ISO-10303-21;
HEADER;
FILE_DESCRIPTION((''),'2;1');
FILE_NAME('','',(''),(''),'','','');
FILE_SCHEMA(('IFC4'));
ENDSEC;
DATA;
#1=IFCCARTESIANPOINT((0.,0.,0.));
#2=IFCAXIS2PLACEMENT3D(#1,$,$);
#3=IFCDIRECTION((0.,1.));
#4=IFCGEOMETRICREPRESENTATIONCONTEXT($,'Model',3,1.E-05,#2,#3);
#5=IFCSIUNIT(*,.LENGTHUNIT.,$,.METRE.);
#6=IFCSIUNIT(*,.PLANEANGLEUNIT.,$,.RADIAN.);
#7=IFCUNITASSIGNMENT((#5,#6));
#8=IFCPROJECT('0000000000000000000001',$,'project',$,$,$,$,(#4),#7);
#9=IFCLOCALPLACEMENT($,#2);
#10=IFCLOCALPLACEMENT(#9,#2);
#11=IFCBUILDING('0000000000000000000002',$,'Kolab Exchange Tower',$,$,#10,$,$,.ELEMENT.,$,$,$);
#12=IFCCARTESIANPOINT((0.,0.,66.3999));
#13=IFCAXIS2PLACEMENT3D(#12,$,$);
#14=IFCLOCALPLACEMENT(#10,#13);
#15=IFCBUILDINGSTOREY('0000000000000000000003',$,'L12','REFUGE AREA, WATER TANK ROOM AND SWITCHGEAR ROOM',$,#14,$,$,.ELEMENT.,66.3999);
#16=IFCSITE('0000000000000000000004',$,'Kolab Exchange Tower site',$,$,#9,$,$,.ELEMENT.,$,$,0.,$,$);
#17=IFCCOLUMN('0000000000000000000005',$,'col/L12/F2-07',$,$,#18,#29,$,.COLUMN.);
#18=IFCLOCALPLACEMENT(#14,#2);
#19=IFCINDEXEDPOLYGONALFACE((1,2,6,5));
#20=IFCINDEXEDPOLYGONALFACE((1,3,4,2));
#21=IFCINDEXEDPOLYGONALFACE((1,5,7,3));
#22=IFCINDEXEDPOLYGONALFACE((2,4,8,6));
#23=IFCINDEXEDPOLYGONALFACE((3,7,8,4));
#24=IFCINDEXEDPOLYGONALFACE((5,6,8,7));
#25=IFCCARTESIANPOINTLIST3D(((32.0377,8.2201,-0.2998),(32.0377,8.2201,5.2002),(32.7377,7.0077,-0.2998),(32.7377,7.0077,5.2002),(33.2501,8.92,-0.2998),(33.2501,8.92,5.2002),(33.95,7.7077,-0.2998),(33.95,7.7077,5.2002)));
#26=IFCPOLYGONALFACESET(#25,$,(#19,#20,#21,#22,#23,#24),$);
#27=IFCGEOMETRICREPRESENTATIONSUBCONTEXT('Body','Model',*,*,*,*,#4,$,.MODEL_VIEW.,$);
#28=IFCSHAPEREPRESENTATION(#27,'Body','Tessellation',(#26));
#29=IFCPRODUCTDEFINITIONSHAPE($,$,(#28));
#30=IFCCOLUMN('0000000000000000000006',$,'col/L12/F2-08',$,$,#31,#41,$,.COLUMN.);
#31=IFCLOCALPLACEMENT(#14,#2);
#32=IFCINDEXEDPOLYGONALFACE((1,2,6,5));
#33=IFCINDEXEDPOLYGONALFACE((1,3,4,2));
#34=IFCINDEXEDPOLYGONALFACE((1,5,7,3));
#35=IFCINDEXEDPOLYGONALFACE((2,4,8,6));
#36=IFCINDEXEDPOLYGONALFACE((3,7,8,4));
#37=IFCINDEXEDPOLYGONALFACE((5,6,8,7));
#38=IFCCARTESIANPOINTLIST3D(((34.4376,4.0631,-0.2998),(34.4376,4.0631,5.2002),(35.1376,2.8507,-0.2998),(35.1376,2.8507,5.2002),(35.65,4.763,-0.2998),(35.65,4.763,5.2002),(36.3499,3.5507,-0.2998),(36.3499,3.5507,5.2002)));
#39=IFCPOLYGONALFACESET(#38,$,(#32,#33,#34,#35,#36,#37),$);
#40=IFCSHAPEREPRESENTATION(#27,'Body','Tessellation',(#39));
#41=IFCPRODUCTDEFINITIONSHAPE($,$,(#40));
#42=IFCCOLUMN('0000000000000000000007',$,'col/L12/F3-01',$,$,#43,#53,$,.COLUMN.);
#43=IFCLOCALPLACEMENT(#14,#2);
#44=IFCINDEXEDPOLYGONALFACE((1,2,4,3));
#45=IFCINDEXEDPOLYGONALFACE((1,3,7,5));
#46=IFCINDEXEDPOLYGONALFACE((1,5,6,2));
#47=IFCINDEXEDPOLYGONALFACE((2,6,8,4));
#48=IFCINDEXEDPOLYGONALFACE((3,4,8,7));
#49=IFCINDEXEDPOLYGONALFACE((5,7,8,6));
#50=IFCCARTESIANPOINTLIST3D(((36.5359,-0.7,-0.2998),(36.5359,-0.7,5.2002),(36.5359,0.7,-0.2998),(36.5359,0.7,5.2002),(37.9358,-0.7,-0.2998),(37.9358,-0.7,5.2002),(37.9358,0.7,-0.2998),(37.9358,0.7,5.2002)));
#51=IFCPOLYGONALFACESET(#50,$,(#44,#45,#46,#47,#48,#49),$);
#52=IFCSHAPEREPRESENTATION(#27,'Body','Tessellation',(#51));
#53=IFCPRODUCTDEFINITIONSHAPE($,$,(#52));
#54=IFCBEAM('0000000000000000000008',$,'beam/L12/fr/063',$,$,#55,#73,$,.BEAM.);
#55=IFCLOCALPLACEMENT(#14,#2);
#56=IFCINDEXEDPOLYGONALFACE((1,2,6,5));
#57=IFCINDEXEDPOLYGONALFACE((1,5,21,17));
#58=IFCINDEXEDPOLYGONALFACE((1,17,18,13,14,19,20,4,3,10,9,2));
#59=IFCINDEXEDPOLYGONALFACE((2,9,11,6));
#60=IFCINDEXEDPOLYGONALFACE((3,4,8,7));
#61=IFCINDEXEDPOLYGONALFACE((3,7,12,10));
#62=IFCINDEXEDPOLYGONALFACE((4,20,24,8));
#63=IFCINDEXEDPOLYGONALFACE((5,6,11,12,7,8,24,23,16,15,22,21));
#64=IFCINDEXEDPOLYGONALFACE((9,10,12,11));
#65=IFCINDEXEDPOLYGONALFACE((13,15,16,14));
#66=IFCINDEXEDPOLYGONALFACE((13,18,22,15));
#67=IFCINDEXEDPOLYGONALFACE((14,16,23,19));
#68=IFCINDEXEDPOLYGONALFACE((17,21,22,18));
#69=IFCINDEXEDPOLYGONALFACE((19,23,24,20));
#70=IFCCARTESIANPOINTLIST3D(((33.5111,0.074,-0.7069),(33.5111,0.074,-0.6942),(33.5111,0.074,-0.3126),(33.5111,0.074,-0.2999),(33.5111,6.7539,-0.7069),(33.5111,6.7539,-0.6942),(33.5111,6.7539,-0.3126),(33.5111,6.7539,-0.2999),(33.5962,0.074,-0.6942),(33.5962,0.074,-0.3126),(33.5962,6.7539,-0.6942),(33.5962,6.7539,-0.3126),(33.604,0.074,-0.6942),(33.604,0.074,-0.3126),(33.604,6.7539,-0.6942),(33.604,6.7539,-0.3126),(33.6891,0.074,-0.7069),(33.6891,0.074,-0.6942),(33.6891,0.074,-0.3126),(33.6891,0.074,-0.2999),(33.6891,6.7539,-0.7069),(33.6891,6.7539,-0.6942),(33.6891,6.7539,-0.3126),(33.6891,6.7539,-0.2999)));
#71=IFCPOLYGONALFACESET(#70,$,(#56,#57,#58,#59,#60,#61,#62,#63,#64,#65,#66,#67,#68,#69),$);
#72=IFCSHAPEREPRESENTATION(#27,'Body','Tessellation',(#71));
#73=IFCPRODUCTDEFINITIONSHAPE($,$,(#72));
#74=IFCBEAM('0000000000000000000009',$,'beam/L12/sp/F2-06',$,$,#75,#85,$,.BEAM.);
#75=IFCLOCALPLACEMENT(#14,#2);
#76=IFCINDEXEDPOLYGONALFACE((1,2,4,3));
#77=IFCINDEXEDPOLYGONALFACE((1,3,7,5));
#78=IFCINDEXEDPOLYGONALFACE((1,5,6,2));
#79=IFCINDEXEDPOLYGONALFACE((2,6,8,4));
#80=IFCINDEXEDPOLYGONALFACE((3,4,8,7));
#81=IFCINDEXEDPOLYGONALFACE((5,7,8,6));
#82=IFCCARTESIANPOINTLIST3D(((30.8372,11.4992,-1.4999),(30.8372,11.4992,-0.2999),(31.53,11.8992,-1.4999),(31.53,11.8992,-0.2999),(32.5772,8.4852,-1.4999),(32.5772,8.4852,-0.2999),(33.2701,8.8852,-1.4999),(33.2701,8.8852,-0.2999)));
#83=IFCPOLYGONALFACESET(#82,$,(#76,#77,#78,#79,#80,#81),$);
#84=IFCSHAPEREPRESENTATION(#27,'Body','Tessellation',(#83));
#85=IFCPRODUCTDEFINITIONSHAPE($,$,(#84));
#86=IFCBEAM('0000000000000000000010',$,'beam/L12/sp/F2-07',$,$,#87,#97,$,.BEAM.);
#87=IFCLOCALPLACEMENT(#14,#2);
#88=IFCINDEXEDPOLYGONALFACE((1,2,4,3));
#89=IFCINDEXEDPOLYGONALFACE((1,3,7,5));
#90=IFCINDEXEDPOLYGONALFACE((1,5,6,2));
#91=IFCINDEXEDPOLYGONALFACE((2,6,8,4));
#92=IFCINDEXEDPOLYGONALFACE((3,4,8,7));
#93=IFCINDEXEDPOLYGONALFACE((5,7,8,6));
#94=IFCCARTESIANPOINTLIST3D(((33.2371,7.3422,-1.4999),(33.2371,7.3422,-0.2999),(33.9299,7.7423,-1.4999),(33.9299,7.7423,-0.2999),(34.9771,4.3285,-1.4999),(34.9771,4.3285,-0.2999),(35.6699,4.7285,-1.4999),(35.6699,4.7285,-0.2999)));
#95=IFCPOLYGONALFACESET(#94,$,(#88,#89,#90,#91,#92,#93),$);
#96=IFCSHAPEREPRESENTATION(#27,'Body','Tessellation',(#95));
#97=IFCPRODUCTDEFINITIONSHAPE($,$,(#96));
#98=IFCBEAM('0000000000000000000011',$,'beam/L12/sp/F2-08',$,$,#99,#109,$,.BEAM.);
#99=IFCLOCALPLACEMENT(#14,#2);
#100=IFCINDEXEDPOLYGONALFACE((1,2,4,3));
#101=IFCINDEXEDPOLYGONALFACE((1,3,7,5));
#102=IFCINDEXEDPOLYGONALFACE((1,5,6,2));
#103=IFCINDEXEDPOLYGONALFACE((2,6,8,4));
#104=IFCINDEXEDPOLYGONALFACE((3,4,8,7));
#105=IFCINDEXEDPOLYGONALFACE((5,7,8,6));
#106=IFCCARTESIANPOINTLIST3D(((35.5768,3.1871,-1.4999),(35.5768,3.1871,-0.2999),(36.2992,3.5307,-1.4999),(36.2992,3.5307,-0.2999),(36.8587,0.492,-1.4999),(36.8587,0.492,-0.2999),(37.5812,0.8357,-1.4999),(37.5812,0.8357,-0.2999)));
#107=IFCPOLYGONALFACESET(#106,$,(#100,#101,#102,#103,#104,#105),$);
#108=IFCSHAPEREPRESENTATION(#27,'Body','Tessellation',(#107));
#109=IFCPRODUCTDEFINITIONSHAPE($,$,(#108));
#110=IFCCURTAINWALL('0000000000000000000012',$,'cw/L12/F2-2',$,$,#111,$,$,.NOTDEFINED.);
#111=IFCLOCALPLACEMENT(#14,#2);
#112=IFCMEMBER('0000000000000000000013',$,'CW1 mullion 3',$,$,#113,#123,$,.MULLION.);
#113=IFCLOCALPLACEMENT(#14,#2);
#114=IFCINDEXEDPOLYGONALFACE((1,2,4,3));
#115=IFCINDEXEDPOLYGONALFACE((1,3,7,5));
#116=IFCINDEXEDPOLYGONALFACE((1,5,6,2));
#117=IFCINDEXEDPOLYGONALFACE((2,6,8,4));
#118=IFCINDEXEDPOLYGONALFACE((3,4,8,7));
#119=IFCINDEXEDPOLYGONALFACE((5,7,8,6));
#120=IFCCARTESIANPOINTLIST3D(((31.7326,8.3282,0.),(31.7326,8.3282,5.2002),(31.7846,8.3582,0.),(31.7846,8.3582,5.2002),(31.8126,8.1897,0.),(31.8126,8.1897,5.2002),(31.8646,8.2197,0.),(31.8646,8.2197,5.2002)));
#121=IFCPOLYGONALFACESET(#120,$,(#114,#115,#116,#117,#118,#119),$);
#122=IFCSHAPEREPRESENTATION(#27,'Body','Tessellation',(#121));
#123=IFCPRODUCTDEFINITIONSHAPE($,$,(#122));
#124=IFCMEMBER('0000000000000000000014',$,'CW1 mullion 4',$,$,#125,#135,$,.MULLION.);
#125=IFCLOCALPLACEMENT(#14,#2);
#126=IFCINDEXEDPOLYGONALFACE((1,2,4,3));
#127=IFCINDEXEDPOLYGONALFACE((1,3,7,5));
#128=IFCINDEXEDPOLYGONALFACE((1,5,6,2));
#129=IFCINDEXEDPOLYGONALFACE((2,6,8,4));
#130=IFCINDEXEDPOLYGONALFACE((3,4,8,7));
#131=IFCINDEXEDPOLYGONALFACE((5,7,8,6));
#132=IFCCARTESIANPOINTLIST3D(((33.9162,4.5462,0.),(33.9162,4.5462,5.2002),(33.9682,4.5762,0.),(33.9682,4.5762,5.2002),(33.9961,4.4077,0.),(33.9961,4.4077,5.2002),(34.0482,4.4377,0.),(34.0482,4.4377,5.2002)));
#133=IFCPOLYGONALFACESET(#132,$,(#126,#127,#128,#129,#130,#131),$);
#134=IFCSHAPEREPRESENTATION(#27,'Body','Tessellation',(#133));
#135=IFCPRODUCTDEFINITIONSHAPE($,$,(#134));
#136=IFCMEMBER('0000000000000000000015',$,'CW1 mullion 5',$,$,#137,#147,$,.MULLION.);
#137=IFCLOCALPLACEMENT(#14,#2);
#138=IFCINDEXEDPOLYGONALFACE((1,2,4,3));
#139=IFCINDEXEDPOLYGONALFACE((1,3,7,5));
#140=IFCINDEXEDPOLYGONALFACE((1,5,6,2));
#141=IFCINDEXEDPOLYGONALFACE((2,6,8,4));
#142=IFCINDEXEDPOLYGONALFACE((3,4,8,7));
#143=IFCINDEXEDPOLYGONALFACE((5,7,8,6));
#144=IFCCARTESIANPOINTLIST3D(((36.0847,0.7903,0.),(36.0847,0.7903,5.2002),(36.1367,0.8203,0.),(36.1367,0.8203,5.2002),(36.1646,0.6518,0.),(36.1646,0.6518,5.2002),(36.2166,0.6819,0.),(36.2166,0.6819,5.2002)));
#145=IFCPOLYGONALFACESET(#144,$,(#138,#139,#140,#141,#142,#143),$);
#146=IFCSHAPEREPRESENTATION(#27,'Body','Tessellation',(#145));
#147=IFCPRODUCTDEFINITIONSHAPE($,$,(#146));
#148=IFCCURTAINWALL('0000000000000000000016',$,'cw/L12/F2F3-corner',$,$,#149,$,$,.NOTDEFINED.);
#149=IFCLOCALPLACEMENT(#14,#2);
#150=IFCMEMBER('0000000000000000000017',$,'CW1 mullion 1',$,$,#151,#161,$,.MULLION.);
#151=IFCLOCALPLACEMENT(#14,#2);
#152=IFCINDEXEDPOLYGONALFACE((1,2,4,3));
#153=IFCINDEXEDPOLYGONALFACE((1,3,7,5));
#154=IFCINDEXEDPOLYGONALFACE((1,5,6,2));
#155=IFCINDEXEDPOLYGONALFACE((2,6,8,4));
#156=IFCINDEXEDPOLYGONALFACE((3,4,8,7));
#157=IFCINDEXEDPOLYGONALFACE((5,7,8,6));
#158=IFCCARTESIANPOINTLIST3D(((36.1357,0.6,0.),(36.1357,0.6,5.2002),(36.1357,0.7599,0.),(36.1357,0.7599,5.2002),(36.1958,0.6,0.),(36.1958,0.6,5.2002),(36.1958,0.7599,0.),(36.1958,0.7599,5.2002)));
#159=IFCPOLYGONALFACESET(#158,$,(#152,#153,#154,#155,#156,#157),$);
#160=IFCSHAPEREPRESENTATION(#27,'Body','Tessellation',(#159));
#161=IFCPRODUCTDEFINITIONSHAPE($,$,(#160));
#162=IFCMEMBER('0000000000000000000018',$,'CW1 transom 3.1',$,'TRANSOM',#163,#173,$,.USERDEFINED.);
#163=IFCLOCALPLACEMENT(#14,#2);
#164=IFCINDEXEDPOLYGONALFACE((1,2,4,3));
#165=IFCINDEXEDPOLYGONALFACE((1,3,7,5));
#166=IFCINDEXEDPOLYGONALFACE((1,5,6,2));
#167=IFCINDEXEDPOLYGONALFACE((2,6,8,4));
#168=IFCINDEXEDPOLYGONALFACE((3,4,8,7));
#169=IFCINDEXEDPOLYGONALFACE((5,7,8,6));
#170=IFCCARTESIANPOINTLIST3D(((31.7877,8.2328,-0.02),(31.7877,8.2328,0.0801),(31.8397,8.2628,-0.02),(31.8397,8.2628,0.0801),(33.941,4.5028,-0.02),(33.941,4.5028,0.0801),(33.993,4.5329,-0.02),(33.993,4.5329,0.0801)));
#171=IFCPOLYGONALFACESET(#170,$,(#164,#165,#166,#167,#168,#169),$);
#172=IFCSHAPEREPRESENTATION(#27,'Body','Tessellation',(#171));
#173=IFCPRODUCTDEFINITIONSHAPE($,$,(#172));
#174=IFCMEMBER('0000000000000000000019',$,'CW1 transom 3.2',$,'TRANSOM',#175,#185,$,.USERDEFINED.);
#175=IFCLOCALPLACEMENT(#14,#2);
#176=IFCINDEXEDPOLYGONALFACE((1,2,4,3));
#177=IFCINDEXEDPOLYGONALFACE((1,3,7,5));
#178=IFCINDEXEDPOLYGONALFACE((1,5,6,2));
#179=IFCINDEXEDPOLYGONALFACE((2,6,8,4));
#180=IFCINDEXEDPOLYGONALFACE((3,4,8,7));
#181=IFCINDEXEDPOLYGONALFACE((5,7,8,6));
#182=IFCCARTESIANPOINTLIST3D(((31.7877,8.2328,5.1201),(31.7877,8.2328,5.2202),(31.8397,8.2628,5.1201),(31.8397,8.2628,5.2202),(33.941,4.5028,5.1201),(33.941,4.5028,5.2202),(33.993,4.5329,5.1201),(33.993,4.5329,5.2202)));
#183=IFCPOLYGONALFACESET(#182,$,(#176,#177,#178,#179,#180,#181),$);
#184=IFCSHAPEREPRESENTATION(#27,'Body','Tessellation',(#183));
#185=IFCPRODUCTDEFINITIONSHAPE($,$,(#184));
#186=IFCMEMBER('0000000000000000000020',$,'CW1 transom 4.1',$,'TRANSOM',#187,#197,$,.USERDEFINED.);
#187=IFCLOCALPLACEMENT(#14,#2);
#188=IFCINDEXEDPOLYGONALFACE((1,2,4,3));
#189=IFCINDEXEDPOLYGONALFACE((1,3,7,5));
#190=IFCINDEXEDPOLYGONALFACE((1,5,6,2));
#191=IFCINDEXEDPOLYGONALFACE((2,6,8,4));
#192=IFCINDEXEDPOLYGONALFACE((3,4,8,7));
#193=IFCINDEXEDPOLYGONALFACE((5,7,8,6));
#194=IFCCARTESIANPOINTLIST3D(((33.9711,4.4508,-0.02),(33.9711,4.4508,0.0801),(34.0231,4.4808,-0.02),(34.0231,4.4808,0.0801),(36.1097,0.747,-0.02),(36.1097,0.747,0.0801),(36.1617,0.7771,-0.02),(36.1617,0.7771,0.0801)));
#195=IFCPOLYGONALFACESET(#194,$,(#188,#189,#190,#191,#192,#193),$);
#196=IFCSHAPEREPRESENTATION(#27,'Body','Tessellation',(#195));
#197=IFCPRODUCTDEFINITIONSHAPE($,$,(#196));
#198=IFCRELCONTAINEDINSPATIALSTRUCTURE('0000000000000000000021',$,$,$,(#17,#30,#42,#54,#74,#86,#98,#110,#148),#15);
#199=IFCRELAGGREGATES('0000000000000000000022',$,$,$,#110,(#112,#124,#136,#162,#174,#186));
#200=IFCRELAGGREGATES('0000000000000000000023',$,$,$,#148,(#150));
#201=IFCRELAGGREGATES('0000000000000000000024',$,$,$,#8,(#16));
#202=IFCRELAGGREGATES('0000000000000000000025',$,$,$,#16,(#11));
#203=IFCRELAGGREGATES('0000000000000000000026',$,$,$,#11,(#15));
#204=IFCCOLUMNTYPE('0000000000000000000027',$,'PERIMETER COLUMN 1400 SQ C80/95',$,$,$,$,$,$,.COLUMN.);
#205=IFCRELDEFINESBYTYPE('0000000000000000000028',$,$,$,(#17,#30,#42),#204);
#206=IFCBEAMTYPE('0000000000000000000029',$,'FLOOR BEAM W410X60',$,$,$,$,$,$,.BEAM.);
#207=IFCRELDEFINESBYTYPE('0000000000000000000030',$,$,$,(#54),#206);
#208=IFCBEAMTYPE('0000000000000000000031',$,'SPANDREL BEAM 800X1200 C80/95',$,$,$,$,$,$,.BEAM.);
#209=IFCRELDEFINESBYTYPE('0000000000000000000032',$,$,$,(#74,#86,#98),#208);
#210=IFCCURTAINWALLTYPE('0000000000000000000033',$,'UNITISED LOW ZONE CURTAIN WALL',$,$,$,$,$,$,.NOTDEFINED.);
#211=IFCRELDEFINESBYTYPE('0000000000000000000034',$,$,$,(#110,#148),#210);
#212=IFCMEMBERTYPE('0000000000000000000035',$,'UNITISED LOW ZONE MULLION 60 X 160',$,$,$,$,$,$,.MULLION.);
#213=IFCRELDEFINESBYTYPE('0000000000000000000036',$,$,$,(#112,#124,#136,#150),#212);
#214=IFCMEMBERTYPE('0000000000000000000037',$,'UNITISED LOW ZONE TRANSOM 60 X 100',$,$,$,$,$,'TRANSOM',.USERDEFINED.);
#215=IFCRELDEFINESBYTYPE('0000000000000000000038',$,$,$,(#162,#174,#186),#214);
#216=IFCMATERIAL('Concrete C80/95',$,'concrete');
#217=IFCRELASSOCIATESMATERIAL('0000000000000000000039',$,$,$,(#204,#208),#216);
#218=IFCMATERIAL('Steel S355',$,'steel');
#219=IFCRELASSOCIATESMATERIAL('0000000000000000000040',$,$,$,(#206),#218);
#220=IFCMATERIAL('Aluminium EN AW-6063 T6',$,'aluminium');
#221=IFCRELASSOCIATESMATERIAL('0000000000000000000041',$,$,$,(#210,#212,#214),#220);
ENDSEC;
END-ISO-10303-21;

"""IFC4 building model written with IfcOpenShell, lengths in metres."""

from ifc_helpers import new_model, si_unit, direction, frame, origin, origin_2d, place, context, subcontext, project, spatial, rectangle, i_section, extrude, material, material_profile, profile_set, type_object, element, aggregate, save


model = new_model("IFC4")

# Units and contexts
model_context = context("Model", 3, precision=1e-05, world=origin(), true_north=direction((0.0, 1.0)))
body_context = subcontext(model_context, "Body", "Model", "MODEL_VIEW")
ifc_project = project(units=[si_unit("LENGTHUNIT", "METRE"), si_unit("PLANEANGLEUNIT", "RADIAN")], contexts=[model_context])

# Site, building, storey
site_placement = place(None, origin())
site = spatial("IfcSite", under=ifc_project, at=site_placement, Name="Kolab Exchange Tower site", CompositionType="ELEMENT", RefElevation=0.0)
building_placement = place(site_placement, origin())
building = spatial("IfcBuilding", under=site, at=building_placement, Name="Kolab Exchange Tower", CompositionType="ELEMENT")
storey_placement = place(building_placement, frame((0.0, 0.0, 66.3999)))
storey = spatial("IfcBuildingStorey", under=building, at=storey_placement, Name="L12", Description="REFUGE AREA, WATER TANK ROOM AND SWITCHGEAR ROOM", CompositionType="ELEMENT", Elevation=66.3999)

# Columns
ifc_material_1 = material(Name="Concrete C80/95", Category="concrete")
ifc_material_profile_1 = material_profile(ifc_material_1, rectangle(XDim=1.3999, YDim=1.3999, at=origin_2d()), Name="RC1400")
ifc_profile_set_1 = profile_set([ifc_material_profile_1], Name="Concrete C80/95")
column_type = type_object("IfcColumnType", Name="PERIMETER COLUMN 1400 SQ C80/95", PredefinedType="COLUMN", material=ifc_profile_set_1)
for number, where, z_axis, x_axis, name in (
    (1, (32.9939, 7.9639, -0.2998), (0.0, 0.0, 1.0), (0.866025, 0.5, 0.0), "col/L12/F2-07"),
    (2, (35.3938, 3.8069, -0.2998), (0.0, 0.0, 1.0), (0.866025, 0.5, 0.0), "col/L12/F2-08"),
    (3, (37.2358, 0.0, -0.2998), (0.0, 0.0, 1.0), (1.0, 0.0, 0.0), "col/L12/F3-01"),
):
    element("IfcColumn", number, at=place(storey_placement, frame(where, z_axis=z_axis, x_axis=x_axis)), inside=storey, type_object=column_type, Name=name, PredefinedType="COLUMN", context=body_context, shape_type="SweptSolid", body=[
        extrude(rectangle(XDim=1.3999, YDim=1.3999, at=origin_2d()), origin(), (0.0, 0.0, 1.0), 5.5),
    ])

# Beams
ifc_material_2 = material(Name="Steel S355", Category="steel")
ifc_material_profile_2 = material_profile(ifc_material_2, i_section(OverallWidth=0.178, OverallDepth=0.407, WebThickness=0.0078, FlangeThickness=0.0127, at=origin_2d()), Name="W410X60")
ifc_profile_set_2 = profile_set([ifc_material_profile_2], Name="Steel S355")
beam_type_1 = type_object("IfcBeamType", Name="FLOOR BEAM W410X60", PredefinedType="BEAM", material=ifc_profile_set_2)
beam_1_placement = place(storey_placement, frame((33.6001, 0.074, -0.5034), z_axis=(0.0, 1.0, 0.0), x_axis=(-1.0, 0.0, 0.0)))
element("IfcBeam", 4, at=beam_1_placement, inside=storey, type_object=beam_type_1, Name="beam/L12/fr/063", PredefinedType="BEAM", context=body_context, shape_type="SweptSolid", body=[
    extrude(i_section(OverallWidth=0.178, OverallDepth=0.407, WebThickness=0.0078, FlangeThickness=0.0127, at=origin_2d()), origin(), (0.0, 0.0, 1.0), 6.6799),
])
ifc_material_profile_3 = material_profile(ifc_material_1, rectangle(XDim=0.8, YDim=1.2, at=origin_2d()), Name="RC800X1200")
ifc_profile_set_3 = profile_set([ifc_material_profile_3], Name="Concrete C80/95")
beam_type_2 = type_object("IfcBeamType", Name="SPANDREL BEAM 800X1200 C80/95", PredefinedType="BEAM", material=ifc_profile_set_3)
beam_2_placement = place(storey_placement, frame((31.1836, 11.6992, -0.8999), z_axis=(0.49998, -0.866037, 0.0), x_axis=(0.866037, 0.49998, 0.0)))
element("IfcBeam", 5, at=beam_2_placement, inside=storey, type_object=beam_type_2, Name="beam/L12/sp/F2-06", PredefinedType="BEAM", context=body_context, shape_type="SweptSolid", body=[
    extrude(rectangle(XDim=0.8, YDim=1.2, at=origin_2d()), origin(), (0.0, 0.0, 1.0), 3.4802),
])
beam_3_placement = place(storey_placement, frame((33.5835, 7.5422, -0.8999), z_axis=(0.50001, -0.86602, 0.0), x_axis=(0.86602, 0.50001, 0.0)))
element("IfcBeam", 6, at=beam_3_placement, inside=storey, type_object=beam_type_2, Name="beam/L12/sp/F2-07", PredefinedType="BEAM", context=body_context, shape_type="SweptSolid", body=[
    extrude(rectangle(XDim=0.8, YDim=1.2, at=origin_2d()), origin(), (0.0, 0.0, 1.0), 3.48),
])
beam_4_placement = place(storey_placement, frame((35.938, 3.3589, -0.8999), z_axis=(0.429556, -0.90304, 0.0), x_axis=(0.90304, 0.429556, 0.0)))
element("IfcBeam", 7, at=beam_4_placement, inside=storey, type_object=beam_type_2, Name="beam/L12/sp/F2-08", PredefinedType="BEAM", context=body_context, shape_type="SweptSolid", body=[
    extrude(rectangle(XDim=0.8, YDim=1.2, at=origin_2d()), origin(), (0.0, 0.0, 1.0), 2.9844),
])

# Curtain wall, members
ifc_material_3 = material(Name="Aluminium EN AW-6063 T6", Category="aluminium")
curtain_wall_type = type_object("IfcCurtainWallType", Name="UNITISED LOW ZONE CURTAIN WALL", PredefinedType="NOTDEFINED", material=ifc_material_3)
curtain_wall_1_placement = place(storey_placement, origin())
curtain_wall_1 = element("IfcCurtainWall", 8, at=curtain_wall_1_placement, inside=storey, type_object=curtain_wall_type, Name="cw/L12/F2-2", PredefinedType="NOTDEFINED")
ifc_material_profile_4 = material_profile(ifc_material_3, rectangle(XDim=0.0601, YDim=0.1599, at=origin_2d()), Name="RECT 60X160")
ifc_profile_set_4 = profile_set([ifc_material_profile_4], Name="Aluminium EN AW-6063 T6")
member_type_1 = type_object("IfcMemberType", Name="UNITISED LOW ZONE MULLION 60 X 160", PredefinedType="MULLION", material=ifc_profile_set_4)
member_1_placement = place(storey_placement, frame((31.7986, 8.2739, 0.0), z_axis=(0.0, 0.0, 1.0), x_axis=(0.866025, 0.5, 0.0)))
member_1 = element("IfcMember", 9, at=member_1_placement, type_object=member_type_1, Name="CW1 mullion 3", PredefinedType="MULLION", context=body_context, shape_type="SweptSolid", body=[
    extrude(rectangle(XDim=0.0601, YDim=0.1599, at=origin_2d()), origin(), (0.0, 0.0, 1.0), 5.2002),
])
member_2_placement = place(storey_placement, frame((33.9822, 4.4919, 0.0), z_axis=(0.0, 0.0, 1.0), x_axis=(0.866025, 0.5, 0.0)))
member_2 = element("IfcMember", 10, at=member_2_placement, type_object=member_type_1, Name="CW1 mullion 4", PredefinedType="MULLION", context=body_context, shape_type="SweptSolid", body=[
    extrude(rectangle(XDim=0.0601, YDim=0.1599, at=origin_2d()), origin(), (0.0, 0.0, 1.0), 5.2002),
])
member_3_placement = place(storey_placement, frame((36.1506, 0.7361, 0.0), z_axis=(0.0, 0.0, 1.0), x_axis=(0.866025, 0.5, 0.0)))
member_3 = element("IfcMember", 11, at=member_3_placement, type_object=member_type_1, Name="CW1 mullion 5", PredefinedType="MULLION", context=body_context, shape_type="SweptSolid", body=[
    extrude(rectangle(XDim=0.0601, YDim=0.1599, at=origin_2d()), origin(), (0.0, 0.0, 1.0), 5.2002),
])

# Curtain wall, member
curtain_wall_2_placement = place(storey_placement, origin())
curtain_wall_2 = element("IfcCurtainWall", 12, at=curtain_wall_2_placement, inside=storey, type_object=curtain_wall_type, Name="cw/L12/F2F3-corner", PredefinedType="NOTDEFINED")
member_4_placement = place(storey_placement, frame((36.1658, 0.6799, 0.0), z_axis=(0.0, 0.0, 1.0), x_axis=(1.0, 0.0, 0.0)))
member_4 = element("IfcMember", 13, at=member_4_placement, type_object=member_type_1, Name="CW1 mullion 1", PredefinedType="MULLION", context=body_context, shape_type="SweptSolid", body=[
    extrude(rectangle(XDim=0.0601, YDim=0.1599, at=origin_2d()), origin(), (0.0, 0.0, 1.0), 5.2002),
])

# Members
ifc_material_profile_5 = material_profile(ifc_material_3, rectangle(XDim=0.0601, YDim=0.1001, at=origin_2d()), Name="RECT 60X100")
ifc_profile_set_5 = profile_set([ifc_material_profile_5], Name="Aluminium EN AW-6063 T6")
member_type_2 = type_object("IfcMemberType", Name="UNITISED LOW ZONE TRANSOM 60 X 100", ElementType="TRANSOM", PredefinedType="USERDEFINED", material=ifc_profile_set_5)
member_5_placement = place(storey_placement, frame((31.8137, 8.2478, 0.03), z_axis=(0.499968, -0.866044, 0.0), x_axis=(0.866044, 0.499968, 0.0)))
member_5 = element("IfcMember", 14, at=member_5_placement, type_object=member_type_2, Name="CW1 transom 3.1", ObjectType="TRANSOM", PredefinedType="USERDEFINED", context=body_context, shape_type="SweptSolid", body=[
    extrude(rectangle(XDim=0.0601, YDim=0.1001, at=origin_2d()), origin(), (0.0, 0.0, 1.0), 4.3069),
])
member_6_placement = place(storey_placement, frame((31.8137, 8.2478, 5.1702), z_axis=(0.499968, -0.866044, 0.0), x_axis=(0.866044, 0.499968, 0.0)))
member_6 = element("IfcMember", 15, at=member_6_placement, type_object=member_type_2, Name="CW1 transom 3.2", ObjectType="TRANSOM", PredefinedType="USERDEFINED", context=body_context, shape_type="SweptSolid", body=[
    extrude(rectangle(XDim=0.0601, YDim=0.1001, at=origin_2d()), origin(), (0.0, 0.0, 1.0), 4.3069),
])
member_7_placement = place(storey_placement, frame((33.9971, 4.4658, 0.03), z_axis=(0.500044, -0.866, 0.0), x_axis=(0.866, 0.500044, 0.0)))
member_7 = element("IfcMember", 16, at=member_7_placement, type_object=member_type_2, Name="CW1 transom 4.1", ObjectType="TRANSOM", PredefinedType="USERDEFINED", context=body_context, shape_type="SweptSolid", body=[
    extrude(rectangle(XDim=0.0601, YDim=0.1001, at=origin_2d()), origin(), (0.0, 0.0, 1.0), 4.2769),
])

aggregate(curtain_wall_1, [member_1, member_2, member_3, member_5, member_6, member_7])
aggregate(curtain_wall_2, [member_4])

save(model, "model.ifc")
